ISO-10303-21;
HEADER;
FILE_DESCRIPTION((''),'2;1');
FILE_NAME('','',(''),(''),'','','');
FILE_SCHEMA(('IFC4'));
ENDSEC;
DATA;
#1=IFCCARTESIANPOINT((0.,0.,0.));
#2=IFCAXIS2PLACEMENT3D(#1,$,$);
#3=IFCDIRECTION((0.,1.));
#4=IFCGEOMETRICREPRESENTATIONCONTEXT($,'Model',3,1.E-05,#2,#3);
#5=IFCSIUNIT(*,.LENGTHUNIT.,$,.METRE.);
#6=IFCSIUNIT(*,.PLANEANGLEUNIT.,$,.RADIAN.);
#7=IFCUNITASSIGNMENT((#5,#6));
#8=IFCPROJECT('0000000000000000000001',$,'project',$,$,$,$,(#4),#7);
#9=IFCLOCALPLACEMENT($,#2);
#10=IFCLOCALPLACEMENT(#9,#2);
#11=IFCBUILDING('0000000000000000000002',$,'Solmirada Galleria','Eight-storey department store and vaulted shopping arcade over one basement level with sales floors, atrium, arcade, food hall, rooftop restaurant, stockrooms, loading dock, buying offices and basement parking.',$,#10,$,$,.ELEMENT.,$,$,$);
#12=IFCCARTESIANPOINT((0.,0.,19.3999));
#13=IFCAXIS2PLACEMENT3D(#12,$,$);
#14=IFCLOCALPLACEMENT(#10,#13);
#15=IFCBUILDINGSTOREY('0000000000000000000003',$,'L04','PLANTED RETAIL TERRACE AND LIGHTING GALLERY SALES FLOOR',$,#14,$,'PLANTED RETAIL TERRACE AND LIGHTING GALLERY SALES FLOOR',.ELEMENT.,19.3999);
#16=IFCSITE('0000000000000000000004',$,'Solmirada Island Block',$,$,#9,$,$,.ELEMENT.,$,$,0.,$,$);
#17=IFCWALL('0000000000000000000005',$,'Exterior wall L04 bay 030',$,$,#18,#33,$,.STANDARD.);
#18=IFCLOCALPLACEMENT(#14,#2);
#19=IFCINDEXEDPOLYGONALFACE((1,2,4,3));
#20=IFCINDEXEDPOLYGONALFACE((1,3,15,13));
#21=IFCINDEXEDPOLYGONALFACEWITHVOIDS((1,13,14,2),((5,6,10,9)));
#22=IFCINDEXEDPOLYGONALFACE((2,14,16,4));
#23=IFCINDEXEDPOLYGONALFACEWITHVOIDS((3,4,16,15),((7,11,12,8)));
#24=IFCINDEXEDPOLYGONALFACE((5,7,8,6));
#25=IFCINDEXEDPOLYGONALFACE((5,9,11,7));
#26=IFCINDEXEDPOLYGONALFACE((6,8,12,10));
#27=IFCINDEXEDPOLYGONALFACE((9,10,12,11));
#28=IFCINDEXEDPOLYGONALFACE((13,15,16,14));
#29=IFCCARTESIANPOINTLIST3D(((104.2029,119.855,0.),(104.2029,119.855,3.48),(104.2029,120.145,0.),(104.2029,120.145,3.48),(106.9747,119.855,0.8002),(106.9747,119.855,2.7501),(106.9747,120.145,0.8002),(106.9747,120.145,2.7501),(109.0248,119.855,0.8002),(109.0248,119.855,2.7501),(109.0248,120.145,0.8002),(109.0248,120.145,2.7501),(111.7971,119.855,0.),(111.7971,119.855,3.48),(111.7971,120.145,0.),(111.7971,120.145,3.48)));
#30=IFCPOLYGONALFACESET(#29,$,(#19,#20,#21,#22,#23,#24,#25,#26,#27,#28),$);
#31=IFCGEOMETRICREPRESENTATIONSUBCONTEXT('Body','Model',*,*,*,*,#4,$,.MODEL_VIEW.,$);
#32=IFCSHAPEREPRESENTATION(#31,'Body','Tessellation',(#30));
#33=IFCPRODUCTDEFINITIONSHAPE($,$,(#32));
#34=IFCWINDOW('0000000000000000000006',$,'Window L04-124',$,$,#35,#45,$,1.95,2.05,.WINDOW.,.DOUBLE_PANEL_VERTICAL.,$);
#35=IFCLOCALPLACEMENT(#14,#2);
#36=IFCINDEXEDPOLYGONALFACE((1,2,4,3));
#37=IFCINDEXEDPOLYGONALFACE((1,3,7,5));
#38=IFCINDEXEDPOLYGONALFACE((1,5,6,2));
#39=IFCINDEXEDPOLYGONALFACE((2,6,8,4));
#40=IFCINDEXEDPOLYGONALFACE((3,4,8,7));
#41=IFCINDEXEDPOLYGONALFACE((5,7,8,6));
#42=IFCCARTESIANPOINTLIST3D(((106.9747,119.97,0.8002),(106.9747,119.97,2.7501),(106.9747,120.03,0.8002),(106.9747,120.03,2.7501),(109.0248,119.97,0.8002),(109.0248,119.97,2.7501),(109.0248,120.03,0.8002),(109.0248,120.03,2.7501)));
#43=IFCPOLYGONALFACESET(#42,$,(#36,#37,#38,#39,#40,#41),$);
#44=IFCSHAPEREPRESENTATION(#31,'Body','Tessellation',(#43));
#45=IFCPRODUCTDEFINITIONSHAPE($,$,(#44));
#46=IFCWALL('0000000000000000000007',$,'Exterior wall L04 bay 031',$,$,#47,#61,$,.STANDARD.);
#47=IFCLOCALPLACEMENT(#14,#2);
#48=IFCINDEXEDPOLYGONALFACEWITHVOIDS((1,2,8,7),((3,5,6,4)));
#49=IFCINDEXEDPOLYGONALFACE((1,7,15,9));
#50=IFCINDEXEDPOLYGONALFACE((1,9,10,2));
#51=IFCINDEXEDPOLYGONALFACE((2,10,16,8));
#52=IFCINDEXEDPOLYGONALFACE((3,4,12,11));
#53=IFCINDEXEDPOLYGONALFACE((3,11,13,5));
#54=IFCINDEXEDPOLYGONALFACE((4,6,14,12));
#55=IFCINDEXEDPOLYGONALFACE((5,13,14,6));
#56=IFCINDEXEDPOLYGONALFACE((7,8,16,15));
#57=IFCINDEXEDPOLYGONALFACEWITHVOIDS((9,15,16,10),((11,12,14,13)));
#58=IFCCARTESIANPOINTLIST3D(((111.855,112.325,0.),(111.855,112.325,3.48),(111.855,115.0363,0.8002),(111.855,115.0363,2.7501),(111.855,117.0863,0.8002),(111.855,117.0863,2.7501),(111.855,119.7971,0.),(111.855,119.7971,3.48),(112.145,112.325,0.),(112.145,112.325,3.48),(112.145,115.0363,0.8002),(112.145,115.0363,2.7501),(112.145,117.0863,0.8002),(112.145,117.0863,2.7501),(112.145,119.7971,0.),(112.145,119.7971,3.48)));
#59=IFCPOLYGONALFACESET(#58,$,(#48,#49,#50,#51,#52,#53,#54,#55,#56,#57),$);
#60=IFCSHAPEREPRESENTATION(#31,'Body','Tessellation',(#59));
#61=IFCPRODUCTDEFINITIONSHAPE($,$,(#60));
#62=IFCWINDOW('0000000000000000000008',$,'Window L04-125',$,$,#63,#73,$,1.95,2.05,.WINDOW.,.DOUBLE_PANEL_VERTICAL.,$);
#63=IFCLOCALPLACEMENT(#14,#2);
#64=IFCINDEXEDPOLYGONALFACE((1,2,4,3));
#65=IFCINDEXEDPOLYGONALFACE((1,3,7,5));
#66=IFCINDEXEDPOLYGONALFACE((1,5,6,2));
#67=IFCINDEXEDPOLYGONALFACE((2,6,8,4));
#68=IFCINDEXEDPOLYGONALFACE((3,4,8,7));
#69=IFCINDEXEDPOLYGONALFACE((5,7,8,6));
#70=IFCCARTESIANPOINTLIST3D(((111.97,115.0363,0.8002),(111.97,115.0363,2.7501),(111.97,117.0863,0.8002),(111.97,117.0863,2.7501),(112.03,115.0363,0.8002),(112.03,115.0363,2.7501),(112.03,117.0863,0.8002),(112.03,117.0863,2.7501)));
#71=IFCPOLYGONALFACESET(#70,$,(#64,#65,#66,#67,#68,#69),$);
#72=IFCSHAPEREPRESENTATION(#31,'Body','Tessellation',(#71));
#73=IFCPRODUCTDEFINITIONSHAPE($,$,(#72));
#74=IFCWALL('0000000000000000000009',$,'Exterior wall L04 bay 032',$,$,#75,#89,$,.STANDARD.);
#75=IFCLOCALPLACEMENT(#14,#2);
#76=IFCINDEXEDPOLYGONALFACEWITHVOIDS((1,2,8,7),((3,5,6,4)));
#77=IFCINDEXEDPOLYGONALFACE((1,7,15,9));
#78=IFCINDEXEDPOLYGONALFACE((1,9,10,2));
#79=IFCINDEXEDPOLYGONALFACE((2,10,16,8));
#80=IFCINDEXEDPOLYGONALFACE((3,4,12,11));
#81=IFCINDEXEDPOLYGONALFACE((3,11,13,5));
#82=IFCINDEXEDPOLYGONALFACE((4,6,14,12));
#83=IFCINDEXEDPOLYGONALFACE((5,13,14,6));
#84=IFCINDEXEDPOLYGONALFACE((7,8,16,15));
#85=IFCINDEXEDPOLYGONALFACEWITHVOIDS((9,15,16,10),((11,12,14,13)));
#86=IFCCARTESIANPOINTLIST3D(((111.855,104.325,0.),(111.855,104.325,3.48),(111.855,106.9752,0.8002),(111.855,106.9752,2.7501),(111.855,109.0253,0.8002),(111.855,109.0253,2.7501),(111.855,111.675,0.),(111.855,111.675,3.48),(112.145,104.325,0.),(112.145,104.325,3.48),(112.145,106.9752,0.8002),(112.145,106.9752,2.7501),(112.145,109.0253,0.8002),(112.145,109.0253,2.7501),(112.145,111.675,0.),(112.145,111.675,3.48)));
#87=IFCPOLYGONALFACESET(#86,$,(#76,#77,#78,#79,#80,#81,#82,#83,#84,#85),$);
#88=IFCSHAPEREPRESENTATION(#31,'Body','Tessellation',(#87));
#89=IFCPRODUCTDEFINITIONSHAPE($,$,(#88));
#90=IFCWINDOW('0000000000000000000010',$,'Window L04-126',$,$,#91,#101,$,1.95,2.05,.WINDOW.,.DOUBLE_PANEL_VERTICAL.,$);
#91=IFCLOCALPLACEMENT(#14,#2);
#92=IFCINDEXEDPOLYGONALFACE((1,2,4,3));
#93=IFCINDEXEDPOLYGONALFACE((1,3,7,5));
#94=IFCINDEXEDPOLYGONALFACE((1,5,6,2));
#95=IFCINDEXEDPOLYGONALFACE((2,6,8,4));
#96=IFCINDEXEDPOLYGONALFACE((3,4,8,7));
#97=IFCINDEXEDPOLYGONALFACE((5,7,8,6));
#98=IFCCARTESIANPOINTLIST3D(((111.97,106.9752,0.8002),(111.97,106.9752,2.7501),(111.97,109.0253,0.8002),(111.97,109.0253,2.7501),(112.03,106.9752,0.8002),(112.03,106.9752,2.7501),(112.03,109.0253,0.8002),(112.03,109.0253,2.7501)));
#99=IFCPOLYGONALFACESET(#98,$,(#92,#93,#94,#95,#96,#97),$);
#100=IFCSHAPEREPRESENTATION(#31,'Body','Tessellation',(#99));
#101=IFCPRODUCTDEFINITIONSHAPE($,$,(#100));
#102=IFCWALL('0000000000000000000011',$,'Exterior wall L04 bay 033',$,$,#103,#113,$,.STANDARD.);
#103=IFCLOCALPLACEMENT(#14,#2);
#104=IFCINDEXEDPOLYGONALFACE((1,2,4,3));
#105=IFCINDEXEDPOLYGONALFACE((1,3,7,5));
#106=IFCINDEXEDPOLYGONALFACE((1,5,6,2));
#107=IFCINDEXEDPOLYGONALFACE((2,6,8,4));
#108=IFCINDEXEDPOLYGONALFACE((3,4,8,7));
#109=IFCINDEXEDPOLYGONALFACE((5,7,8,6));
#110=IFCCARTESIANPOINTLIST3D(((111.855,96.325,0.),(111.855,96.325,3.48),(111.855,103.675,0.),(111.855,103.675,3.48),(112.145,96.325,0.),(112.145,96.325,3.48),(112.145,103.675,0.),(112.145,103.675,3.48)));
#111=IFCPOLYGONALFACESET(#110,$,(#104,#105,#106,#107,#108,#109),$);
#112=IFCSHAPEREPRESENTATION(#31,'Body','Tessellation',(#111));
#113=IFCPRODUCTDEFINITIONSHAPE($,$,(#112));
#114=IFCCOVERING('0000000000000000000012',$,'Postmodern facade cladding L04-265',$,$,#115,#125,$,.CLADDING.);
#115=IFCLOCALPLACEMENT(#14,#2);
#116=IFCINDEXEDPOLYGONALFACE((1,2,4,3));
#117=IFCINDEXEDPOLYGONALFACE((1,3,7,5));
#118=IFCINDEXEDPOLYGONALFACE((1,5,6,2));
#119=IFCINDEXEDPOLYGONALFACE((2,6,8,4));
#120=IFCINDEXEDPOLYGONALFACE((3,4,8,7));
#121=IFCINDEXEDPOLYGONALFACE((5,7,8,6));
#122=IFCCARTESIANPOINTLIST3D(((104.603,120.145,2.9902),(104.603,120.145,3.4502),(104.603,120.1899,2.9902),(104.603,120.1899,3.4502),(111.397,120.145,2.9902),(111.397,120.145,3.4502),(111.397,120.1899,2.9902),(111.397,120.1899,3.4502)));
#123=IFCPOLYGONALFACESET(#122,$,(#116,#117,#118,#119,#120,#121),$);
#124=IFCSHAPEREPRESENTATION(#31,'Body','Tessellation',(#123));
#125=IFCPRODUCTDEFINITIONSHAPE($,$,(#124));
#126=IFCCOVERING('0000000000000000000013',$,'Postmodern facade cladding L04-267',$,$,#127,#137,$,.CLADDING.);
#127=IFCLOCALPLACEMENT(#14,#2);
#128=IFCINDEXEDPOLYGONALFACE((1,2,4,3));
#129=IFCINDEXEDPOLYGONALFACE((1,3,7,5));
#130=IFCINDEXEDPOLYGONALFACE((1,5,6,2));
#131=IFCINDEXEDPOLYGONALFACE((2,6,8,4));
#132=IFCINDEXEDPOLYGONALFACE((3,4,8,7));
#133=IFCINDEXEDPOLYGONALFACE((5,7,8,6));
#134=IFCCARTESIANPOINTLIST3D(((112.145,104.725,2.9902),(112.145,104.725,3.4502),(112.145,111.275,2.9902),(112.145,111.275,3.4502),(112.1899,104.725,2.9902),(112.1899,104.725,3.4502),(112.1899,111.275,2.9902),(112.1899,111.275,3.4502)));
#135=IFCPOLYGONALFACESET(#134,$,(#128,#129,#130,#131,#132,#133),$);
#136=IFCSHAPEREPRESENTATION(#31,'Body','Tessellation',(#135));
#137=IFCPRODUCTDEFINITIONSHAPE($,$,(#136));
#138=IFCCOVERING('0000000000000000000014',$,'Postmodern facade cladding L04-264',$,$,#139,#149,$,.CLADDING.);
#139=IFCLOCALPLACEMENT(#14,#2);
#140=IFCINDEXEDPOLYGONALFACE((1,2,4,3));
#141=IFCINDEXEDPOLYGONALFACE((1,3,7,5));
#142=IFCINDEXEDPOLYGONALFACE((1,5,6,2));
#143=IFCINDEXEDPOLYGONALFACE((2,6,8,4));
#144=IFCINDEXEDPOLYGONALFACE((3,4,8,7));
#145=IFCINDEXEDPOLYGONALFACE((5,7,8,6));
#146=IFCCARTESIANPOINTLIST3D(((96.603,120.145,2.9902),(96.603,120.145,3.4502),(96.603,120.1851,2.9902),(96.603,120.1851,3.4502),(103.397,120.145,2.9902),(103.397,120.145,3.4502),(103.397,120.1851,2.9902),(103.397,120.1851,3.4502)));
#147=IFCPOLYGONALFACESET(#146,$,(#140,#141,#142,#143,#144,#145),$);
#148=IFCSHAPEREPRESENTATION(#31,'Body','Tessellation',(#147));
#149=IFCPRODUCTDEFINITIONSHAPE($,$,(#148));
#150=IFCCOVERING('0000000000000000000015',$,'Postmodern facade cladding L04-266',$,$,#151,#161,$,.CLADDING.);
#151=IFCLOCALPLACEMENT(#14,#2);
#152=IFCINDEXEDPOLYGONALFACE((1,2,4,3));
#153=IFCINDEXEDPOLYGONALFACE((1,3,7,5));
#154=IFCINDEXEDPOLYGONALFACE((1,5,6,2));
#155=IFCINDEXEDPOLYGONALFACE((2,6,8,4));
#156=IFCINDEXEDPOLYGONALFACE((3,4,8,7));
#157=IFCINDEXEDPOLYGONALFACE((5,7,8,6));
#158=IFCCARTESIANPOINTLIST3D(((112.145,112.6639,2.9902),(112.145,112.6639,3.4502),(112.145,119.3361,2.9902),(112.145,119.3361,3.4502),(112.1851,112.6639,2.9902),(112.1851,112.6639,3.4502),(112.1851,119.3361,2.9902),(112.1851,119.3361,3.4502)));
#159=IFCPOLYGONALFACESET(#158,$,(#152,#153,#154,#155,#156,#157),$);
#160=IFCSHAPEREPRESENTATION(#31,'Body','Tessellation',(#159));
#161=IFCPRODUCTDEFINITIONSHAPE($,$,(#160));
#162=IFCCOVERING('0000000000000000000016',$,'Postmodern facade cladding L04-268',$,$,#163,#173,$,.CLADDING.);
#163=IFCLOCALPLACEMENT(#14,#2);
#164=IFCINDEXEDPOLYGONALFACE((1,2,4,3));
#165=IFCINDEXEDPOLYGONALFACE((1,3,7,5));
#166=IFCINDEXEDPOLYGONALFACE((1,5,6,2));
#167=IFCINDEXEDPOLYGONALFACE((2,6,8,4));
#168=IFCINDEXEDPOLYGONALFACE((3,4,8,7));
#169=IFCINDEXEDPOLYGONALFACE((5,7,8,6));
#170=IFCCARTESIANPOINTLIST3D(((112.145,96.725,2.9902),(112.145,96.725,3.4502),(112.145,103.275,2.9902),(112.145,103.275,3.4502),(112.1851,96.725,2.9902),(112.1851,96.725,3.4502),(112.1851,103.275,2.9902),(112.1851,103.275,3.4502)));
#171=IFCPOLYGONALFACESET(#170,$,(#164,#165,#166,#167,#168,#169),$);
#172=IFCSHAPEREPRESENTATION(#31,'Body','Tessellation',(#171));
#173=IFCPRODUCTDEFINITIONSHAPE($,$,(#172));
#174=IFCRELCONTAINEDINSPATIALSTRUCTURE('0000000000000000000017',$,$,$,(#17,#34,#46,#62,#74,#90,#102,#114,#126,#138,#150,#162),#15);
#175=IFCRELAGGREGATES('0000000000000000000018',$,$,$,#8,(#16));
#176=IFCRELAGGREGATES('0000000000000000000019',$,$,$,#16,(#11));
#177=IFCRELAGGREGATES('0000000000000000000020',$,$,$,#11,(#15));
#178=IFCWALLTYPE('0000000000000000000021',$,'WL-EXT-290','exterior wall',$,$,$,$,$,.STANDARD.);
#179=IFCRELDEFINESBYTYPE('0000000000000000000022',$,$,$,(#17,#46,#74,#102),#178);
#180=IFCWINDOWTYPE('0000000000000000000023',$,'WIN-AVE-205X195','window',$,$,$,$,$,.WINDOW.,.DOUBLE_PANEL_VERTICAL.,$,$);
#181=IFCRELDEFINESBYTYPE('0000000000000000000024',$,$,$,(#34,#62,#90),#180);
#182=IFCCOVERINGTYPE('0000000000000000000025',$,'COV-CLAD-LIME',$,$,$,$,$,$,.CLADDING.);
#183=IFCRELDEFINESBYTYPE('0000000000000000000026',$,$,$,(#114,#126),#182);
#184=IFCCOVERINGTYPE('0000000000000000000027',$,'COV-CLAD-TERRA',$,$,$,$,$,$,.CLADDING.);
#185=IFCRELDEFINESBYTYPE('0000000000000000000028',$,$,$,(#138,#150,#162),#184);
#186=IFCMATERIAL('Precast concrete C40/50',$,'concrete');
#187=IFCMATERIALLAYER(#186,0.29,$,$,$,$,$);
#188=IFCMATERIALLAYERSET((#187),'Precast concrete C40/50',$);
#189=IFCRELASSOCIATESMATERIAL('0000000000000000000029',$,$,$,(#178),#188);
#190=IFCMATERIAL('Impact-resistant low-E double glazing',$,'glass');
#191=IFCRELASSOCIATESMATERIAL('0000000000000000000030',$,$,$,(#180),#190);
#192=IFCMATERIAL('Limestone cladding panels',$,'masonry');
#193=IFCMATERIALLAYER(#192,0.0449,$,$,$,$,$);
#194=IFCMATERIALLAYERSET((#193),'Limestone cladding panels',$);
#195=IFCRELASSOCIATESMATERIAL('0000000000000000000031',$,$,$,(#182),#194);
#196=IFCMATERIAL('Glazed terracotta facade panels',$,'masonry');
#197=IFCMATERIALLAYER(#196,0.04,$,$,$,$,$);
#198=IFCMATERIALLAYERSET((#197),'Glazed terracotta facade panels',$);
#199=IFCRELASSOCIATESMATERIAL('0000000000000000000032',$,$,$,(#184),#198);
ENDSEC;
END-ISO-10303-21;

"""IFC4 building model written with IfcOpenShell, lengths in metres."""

from ifc_helpers import new_model, si_unit, direction, frame, frame_2d, origin, origin_2d, place, context, subcontext, project, spatial, rectangle, extrude, material, layer, layer_set, type_object, element, fill, save


model = new_model("IFC4")

# Units and contexts
model_context = context("Model", 3, precision=1e-05, world=origin(), true_north=direction((0.0, 1.0)))
body_context = subcontext(model_context, "Body", "Model", "MODEL_VIEW")
ifc_project = project(units=[si_unit("LENGTHUNIT", "METRE"), si_unit("PLANEANGLEUNIT", "RADIAN")], contexts=[model_context])

# Site, building, storey
site_placement = place(None, origin())
site = spatial("IfcSite", under=ifc_project, at=site_placement, Name="Solmirada Island Block", CompositionType="ELEMENT", RefElevation=0.0)
building_placement = place(site_placement, origin())
building = spatial("IfcBuilding", under=site, at=building_placement, Name="Solmirada Galleria", Description="Eight-storey department store and vaulted shopping arcade over one basement level with sales floors, atrium, arcade, food hall, rooftop restaurant, stockrooms, loading dock, buying offices and basement parking.", CompositionType="ELEMENT")
storey_placement = place(building_placement, frame((0.0, 0.0, 19.3999)))
storey = spatial("IfcBuildingStorey", under=building, at=storey_placement, Name="L04", Description="PLANTED RETAIL TERRACE AND LIGHTING GALLERY SALES FLOOR", LongName="PLANTED RETAIL TERRACE AND LIGHTING GALLERY SALES FLOOR", CompositionType="ELEMENT", Elevation=19.3999)

# Walls, openings, windows
ifc_material_1 = material(Name="Precast concrete C40/50", Category="concrete")
ifc_layer_1 = layer(ifc_material_1, 0.29)
ifc_layer_set_1 = layer_set([ifc_layer_1], Name="Precast concrete C40/50")
wall_type = type_object("IfcWallType", Name="WL-EXT-290", Description="exterior wall", PredefinedType="STANDARD", material=ifc_layer_set_1)
wall_1_placement = place(storey_placement, frame((104.2029, 120.0, 0.0), z_axis=(0.0, 0.0, 1.0), x_axis=(1.0, 0.0, 0.0)))
wall_1 = element("IfcWall", 1, at=wall_1_placement, inside=storey, type_object=wall_type, Name="Exterior wall L04 bay 030", PredefinedType="STANDARD", context=body_context, shape_type="SweptSolid", body=[
    extrude(rectangle(XDim=7.5942, YDim=0.29, at=frame_2d((3.7971, 0.0))), origin(), (0.0, 0.0, 1.0), 3.48),
])
opening_1_placement = place(wall_1_placement, frame((2.772, 0.0, 0.8)))
opening_1 = element("IfcOpeningElement", 2, at=opening_1_placement, cuts=wall_1, PredefinedType="OPENING", context=body_context, shape_type="SweptSolid", body=[
    extrude(rectangle(XDim=2.05, YDim=1.95, at=frame_2d((1.0249, 0.9751))), frame((0.0, 0.155, 0.0), z_axis=(0.0, -1.0, 0.0), x_axis=(1.0, 0.0, 0.0)), (0.0, 0.0, 1.0), 0.3101),
])
ifc_material_2 = material(Name="Impact-resistant low-E double glazing", Category="glass")
window_type = type_object("IfcWindowType", Name="WIN-AVE-205X195", Description="window", PartitioningType="DOUBLE_PANEL_VERTICAL", PredefinedType="WINDOW", material=ifc_material_2)
window_1_placement = place(opening_1_placement, origin())
window_1 = element("IfcWindow", 3, at=window_1_placement, inside=storey, type_object=window_type, Name="Window L04-124", OverallHeight=1.95, OverallWidth=2.05, PartitioningType="DOUBLE_PANEL_VERTICAL", PredefinedType="WINDOW", context=body_context, shape_type="SweptSolid", body=[
    extrude(rectangle(XDim=2.05, YDim=1.95, at=frame_2d((1.0249, 0.9751))), frame((0.0, 0.03, 0.0), z_axis=(0.0, -1.0, 0.0), x_axis=(1.0, 0.0, 0.0)), (0.0, 0.0, 1.0), 0.0601),
])
fill(opening_1, window_1)
wall_2_placement = place(storey_placement, frame((112.0, 119.7971, 0.0), z_axis=(0.0, 0.0, 1.0), x_axis=(0.0, -1.0, 0.0)))
wall_2 = element("IfcWall", 4, at=wall_2_placement, inside=storey, type_object=wall_type, Name="Exterior wall L04 bay 031", PredefinedType="STANDARD", context=body_context, shape_type="SweptSolid", body=[
    extrude(rectangle(XDim=7.4722, YDim=0.29, at=frame_2d((3.7361, 0.0))), origin(), (0.0, 0.0, 1.0), 3.48),
])
opening_2_placement = place(wall_2_placement, frame((2.7109, 0.0, 0.8)))
opening_2 = element("IfcOpeningElement", 5, at=opening_2_placement, cuts=wall_2, PredefinedType="OPENING", context=body_context, shape_type="SweptSolid", body=[
    extrude(rectangle(XDim=2.05, YDim=1.95, at=frame_2d((1.0249, 0.9751))), frame((0.0, 0.155, 0.0), z_axis=(0.0, -1.0, 0.0), x_axis=(1.0, 0.0, 0.0)), (0.0, 0.0, 1.0), 0.3101),
])
window_2_placement = place(opening_2_placement, origin())
window_2 = element("IfcWindow", 6, at=window_2_placement, inside=storey, type_object=window_type, Name="Window L04-125", OverallHeight=1.95, OverallWidth=2.05, PartitioningType="DOUBLE_PANEL_VERTICAL", PredefinedType="WINDOW", context=body_context, shape_type="SweptSolid", body=[
    extrude(rectangle(XDim=2.05, YDim=1.95, at=frame_2d((1.0249, 0.9751))), frame((0.0, 0.03, 0.0), z_axis=(0.0, -1.0, 0.0), x_axis=(1.0, 0.0, 0.0)), (0.0, 0.0, 1.0), 0.0601),
])
fill(opening_2, window_2)
wall_3_placement = place(storey_placement, frame((112.0, 111.675, 0.0), z_axis=(0.0, 0.0, 1.0), x_axis=(0.0, -1.0, 0.0)))
wall_3 = element("IfcWall", 7, at=wall_3_placement, inside=storey, type_object=wall_type, Name="Exterior wall L04 bay 032", PredefinedType="STANDARD", context=body_context, shape_type="SweptSolid", body=[
    extrude(rectangle(XDim=7.3501, YDim=0.29, at=frame_2d((3.675, 0.0))), origin(), (0.0, 0.0, 1.0), 3.48),
])
opening_3_placement = place(wall_3_placement, frame((2.6499, 0.0, 0.8)))
opening_3 = element("IfcOpeningElement", 8, at=opening_3_placement, cuts=wall_3, PredefinedType="OPENING", context=body_context, shape_type="SweptSolid", body=[
    extrude(rectangle(XDim=2.05, YDim=1.95, at=frame_2d((1.0249, 0.9751))), frame((0.0, 0.155, 0.0), z_axis=(0.0, -1.0, 0.0), x_axis=(1.0, 0.0, 0.0)), (0.0, 0.0, 1.0), 0.3101),
])
window_3_placement = place(opening_3_placement, origin())
window_3 = element("IfcWindow", 9, at=window_3_placement, inside=storey, type_object=window_type, Name="Window L04-126", OverallHeight=1.95, OverallWidth=2.05, PartitioningType="DOUBLE_PANEL_VERTICAL", PredefinedType="WINDOW", context=body_context, shape_type="SweptSolid", body=[
    extrude(rectangle(XDim=2.05, YDim=1.95, at=frame_2d((1.0249, 0.9751))), frame((0.0, 0.03, 0.0), z_axis=(0.0, -1.0, 0.0), x_axis=(1.0, 0.0, 0.0)), (0.0, 0.0, 1.0), 0.0601),
])
fill(opening_3, window_3)

# Wall
wall_4_placement = place(storey_placement, frame((112.0, 103.675, 0.0), z_axis=(0.0, 0.0, 1.0), x_axis=(0.0, -1.0, 0.0)))
element("IfcWall", 10, at=wall_4_placement, inside=storey, type_object=wall_type, Name="Exterior wall L04 bay 033", PredefinedType="STANDARD", context=body_context, shape_type="SweptSolid", body=[
    extrude(rectangle(XDim=7.3501, YDim=0.29, at=frame_2d((3.675, 0.0))), origin(), (0.0, 0.0, 1.0), 3.48),
])

# Coverings
ifc_material_3 = material(Name="Limestone cladding panels", Category="masonry")
ifc_layer_2 = layer(ifc_material_3, 0.0449)
ifc_layer_set_2 = layer_set([ifc_layer_2], Name="Limestone cladding panels")
covering_type_1 = type_object("IfcCoveringType", Name="COV-CLAD-LIME", PredefinedType="CLADDING", material=ifc_layer_set_2)
covering_1_placement = place(storey_placement, frame((108.0, 120.1675, 2.9902), z_axis=(0.0, 0.0, 1.0), x_axis=(1.0, 0.0, 0.0)))
element("IfcCovering", 11, at=covering_1_placement, inside=storey, type_object=covering_type_1, Name="Postmodern facade cladding L04-265", PredefinedType="CLADDING", context=body_context, shape_type="SweptSolid", body=[
    extrude(rectangle(XDim=6.7939, YDim=0.0449, at=origin_2d()), origin(), (0.0, 0.0, 1.0), 0.46),
])
covering_2_placement = place(storey_placement, frame((112.1675, 108.0, 2.9902), z_axis=(0.0, 0.0, 1.0), x_axis=(0.0, -1.0, 0.0)))
element("IfcCovering", 12, at=covering_2_placement, inside=storey, type_object=covering_type_1, Name="Postmodern facade cladding L04-267", PredefinedType="CLADDING", context=body_context, shape_type="SweptSolid", body=[
    extrude(rectangle(XDim=6.55, YDim=0.0449, at=origin_2d()), origin(), (0.0, 0.0, 1.0), 0.46),
])
ifc_material_4 = material(Name="Glazed terracotta facade panels", Category="masonry")
ifc_layer_3 = layer(ifc_material_4, 0.04)
ifc_layer_set_3 = layer_set([ifc_layer_3], Name="Glazed terracotta facade panels")
covering_type_2 = type_object("IfcCoveringType", Name="COV-CLAD-TERRA", PredefinedType="CLADDING", material=ifc_layer_set_3)
covering_3_placement = place(storey_placement, frame((100.0, 120.165, 2.9902), z_axis=(0.0, 0.0, 1.0), x_axis=(1.0, 0.0, 0.0)))
element("IfcCovering", 13, at=covering_3_placement, inside=storey, type_object=covering_type_2, Name="Postmodern facade cladding L04-264", PredefinedType="CLADDING", context=body_context, shape_type="SweptSolid", body=[
    extrude(rectangle(XDim=6.7939, YDim=0.04, at=origin_2d()), origin(), (0.0, 0.0, 1.0), 0.46),
])
covering_4_placement = place(storey_placement, frame((112.165, 116.0, 2.9902), z_axis=(0.0, 0.0, 1.0), x_axis=(0.0, -1.0, 0.0)))
element("IfcCovering", 14, at=covering_4_placement, inside=storey, type_object=covering_type_2, Name="Postmodern facade cladding L04-266", PredefinedType="CLADDING", context=body_context, shape_type="SweptSolid", body=[
    extrude(rectangle(XDim=6.6721, YDim=0.04, at=origin_2d()), origin(), (0.0, 0.0, 1.0), 0.46),
])
covering_5_placement = place(storey_placement, frame((112.165, 100.0, 2.9902), z_axis=(0.0, 0.0, 1.0), x_axis=(0.0, -1.0, 0.0)))
element("IfcCovering", 15, at=covering_5_placement, inside=storey, type_object=covering_type_2, Name="Postmodern facade cladding L04-268", PredefinedType="CLADDING", context=body_context, shape_type="SweptSolid", body=[
    extrude(rectangle(XDim=6.55, YDim=0.04, at=origin_2d()), origin(), (0.0, 0.0, 1.0), 0.46),
])

save(model, "model.ifc")
